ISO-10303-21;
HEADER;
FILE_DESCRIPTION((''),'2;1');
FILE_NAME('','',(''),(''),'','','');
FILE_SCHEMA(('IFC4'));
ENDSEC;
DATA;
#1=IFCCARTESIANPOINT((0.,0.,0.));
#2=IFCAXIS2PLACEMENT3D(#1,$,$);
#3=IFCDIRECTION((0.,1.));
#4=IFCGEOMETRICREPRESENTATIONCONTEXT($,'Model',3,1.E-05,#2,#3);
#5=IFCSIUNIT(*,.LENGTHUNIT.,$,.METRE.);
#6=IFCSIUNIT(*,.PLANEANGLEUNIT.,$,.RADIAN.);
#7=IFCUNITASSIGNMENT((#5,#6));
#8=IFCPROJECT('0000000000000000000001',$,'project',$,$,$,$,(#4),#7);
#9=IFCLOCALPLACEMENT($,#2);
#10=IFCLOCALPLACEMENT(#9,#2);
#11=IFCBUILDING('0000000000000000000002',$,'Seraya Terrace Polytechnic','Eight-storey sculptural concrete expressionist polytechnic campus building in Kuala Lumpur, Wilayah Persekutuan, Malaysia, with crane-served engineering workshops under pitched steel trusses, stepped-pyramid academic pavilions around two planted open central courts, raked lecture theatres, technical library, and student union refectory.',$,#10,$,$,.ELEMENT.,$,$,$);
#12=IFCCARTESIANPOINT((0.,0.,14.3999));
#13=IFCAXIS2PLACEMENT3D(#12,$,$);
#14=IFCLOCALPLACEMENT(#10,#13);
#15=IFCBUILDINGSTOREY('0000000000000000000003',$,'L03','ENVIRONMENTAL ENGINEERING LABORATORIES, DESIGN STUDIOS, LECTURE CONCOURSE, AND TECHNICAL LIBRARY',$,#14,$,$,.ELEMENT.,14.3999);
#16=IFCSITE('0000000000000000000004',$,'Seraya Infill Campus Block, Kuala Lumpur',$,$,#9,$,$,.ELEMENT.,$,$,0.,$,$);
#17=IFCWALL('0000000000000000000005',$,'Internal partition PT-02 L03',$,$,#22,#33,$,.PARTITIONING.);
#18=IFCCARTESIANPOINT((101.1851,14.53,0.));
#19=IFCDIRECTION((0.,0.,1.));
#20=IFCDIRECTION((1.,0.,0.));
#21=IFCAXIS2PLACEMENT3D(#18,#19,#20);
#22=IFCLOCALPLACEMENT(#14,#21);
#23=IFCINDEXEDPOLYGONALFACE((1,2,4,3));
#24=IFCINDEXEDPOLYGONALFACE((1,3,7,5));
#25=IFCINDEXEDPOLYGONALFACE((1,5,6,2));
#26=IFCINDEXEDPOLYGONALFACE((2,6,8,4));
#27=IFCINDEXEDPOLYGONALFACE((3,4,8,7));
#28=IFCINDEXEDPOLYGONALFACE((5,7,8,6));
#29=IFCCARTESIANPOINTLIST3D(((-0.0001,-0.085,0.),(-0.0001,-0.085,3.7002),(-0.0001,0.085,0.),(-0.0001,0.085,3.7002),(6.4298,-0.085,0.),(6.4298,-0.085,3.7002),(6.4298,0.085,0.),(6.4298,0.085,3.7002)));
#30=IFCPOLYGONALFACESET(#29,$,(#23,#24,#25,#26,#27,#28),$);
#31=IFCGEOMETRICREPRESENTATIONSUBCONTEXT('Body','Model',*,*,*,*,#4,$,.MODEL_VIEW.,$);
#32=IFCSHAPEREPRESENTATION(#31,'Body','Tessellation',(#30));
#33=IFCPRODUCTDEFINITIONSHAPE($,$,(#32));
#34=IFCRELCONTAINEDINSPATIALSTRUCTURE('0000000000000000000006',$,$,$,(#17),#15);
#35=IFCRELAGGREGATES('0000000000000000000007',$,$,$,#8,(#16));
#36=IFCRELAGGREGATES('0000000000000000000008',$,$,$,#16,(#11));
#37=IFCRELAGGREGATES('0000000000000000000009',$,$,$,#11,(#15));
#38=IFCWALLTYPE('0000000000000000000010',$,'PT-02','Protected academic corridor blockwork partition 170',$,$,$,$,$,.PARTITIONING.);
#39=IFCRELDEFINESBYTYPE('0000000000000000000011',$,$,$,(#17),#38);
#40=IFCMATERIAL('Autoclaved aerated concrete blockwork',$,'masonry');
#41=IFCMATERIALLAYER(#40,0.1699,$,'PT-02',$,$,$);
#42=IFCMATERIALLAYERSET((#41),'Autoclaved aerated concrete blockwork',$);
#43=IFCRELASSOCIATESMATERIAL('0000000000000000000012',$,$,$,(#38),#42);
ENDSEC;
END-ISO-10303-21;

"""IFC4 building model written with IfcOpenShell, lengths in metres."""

from ifc_helpers import new_model, si_unit, direction, frame, frame_2d, origin, place, context, subcontext, project, spatial, rectangle, extrude, material, layer, layer_set, type_object, element, save


model = new_model("IFC4")

# Units and contexts
model_context = context("Model", 3, precision=1e-05, world=origin(), true_north=direction((0.0, 1.0)))
body_context = subcontext(model_context, "Body", "Model", "MODEL_VIEW")
ifc_project = project(units=[si_unit("LENGTHUNIT", "METRE"), si_unit("PLANEANGLEUNIT", "RADIAN")], contexts=[model_context])

# Site, building, storey
site_placement = place(None, origin())
site = spatial("IfcSite", under=ifc_project, at=site_placement, Name="Seraya Infill Campus Block, Kuala Lumpur", CompositionType="ELEMENT", RefElevation=0.0)
building_placement = place(site_placement, origin())
building = spatial("IfcBuilding", under=site, at=building_placement, Name="Seraya Terrace Polytechnic", Description="Eight-storey sculptural concrete expressionist polytechnic campus building in Kuala Lumpur, Wilayah Persekutuan, Malaysia, with crane-served engineering workshops under pitched steel trusses, stepped-pyramid academic pavilions around two planted open central courts, raked lecture theatres, technical library, and student union refectory.", CompositionType="ELEMENT")
storey_placement = place(building_placement, frame((0.0, 0.0, 14.3999)))
storey = spatial("IfcBuildingStorey", under=building, at=storey_placement, Name="L03", Description="ENVIRONMENTAL ENGINEERING LABORATORIES, DESIGN STUDIOS, LECTURE CONCOURSE, AND TECHNICAL LIBRARY", CompositionType="ELEMENT", Elevation=14.3999)

# Wall
ifc_material_1 = material(Name="Autoclaved aerated concrete blockwork", Category="masonry")
ifc_layer_1 = layer(ifc_material_1, 0.1699, Name="PT-02")
ifc_layer_set_1 = layer_set([ifc_layer_1], Name="Autoclaved aerated concrete blockwork")
wall_type_1 = type_object("IfcWallType", Name="PT-02", Description="Protected academic corridor blockwork partition 170", PredefinedType="PARTITIONING", material=ifc_layer_set_1)
wall_1_placement = place(storey_placement, frame((101.1851, 14.53, 0.0), z_axis=(0.0, 0.0, 1.0), x_axis=(1.0, 0.0, 0.0)))
element("IfcWall", 1, at=wall_1_placement, inside=storey, type_object=wall_type_1, Name="Internal partition PT-02 L03", PredefinedType="PARTITIONING", context=body_context, shape_type="SweptSolid", body=[
    extrude(rectangle(XDim=6.4299, YDim=0.1699, at=frame_2d((3.2148, 0.0))), origin(), (0.0, 0.0, 1.0), 3.7002),
])

save(model, "model.ifc")
